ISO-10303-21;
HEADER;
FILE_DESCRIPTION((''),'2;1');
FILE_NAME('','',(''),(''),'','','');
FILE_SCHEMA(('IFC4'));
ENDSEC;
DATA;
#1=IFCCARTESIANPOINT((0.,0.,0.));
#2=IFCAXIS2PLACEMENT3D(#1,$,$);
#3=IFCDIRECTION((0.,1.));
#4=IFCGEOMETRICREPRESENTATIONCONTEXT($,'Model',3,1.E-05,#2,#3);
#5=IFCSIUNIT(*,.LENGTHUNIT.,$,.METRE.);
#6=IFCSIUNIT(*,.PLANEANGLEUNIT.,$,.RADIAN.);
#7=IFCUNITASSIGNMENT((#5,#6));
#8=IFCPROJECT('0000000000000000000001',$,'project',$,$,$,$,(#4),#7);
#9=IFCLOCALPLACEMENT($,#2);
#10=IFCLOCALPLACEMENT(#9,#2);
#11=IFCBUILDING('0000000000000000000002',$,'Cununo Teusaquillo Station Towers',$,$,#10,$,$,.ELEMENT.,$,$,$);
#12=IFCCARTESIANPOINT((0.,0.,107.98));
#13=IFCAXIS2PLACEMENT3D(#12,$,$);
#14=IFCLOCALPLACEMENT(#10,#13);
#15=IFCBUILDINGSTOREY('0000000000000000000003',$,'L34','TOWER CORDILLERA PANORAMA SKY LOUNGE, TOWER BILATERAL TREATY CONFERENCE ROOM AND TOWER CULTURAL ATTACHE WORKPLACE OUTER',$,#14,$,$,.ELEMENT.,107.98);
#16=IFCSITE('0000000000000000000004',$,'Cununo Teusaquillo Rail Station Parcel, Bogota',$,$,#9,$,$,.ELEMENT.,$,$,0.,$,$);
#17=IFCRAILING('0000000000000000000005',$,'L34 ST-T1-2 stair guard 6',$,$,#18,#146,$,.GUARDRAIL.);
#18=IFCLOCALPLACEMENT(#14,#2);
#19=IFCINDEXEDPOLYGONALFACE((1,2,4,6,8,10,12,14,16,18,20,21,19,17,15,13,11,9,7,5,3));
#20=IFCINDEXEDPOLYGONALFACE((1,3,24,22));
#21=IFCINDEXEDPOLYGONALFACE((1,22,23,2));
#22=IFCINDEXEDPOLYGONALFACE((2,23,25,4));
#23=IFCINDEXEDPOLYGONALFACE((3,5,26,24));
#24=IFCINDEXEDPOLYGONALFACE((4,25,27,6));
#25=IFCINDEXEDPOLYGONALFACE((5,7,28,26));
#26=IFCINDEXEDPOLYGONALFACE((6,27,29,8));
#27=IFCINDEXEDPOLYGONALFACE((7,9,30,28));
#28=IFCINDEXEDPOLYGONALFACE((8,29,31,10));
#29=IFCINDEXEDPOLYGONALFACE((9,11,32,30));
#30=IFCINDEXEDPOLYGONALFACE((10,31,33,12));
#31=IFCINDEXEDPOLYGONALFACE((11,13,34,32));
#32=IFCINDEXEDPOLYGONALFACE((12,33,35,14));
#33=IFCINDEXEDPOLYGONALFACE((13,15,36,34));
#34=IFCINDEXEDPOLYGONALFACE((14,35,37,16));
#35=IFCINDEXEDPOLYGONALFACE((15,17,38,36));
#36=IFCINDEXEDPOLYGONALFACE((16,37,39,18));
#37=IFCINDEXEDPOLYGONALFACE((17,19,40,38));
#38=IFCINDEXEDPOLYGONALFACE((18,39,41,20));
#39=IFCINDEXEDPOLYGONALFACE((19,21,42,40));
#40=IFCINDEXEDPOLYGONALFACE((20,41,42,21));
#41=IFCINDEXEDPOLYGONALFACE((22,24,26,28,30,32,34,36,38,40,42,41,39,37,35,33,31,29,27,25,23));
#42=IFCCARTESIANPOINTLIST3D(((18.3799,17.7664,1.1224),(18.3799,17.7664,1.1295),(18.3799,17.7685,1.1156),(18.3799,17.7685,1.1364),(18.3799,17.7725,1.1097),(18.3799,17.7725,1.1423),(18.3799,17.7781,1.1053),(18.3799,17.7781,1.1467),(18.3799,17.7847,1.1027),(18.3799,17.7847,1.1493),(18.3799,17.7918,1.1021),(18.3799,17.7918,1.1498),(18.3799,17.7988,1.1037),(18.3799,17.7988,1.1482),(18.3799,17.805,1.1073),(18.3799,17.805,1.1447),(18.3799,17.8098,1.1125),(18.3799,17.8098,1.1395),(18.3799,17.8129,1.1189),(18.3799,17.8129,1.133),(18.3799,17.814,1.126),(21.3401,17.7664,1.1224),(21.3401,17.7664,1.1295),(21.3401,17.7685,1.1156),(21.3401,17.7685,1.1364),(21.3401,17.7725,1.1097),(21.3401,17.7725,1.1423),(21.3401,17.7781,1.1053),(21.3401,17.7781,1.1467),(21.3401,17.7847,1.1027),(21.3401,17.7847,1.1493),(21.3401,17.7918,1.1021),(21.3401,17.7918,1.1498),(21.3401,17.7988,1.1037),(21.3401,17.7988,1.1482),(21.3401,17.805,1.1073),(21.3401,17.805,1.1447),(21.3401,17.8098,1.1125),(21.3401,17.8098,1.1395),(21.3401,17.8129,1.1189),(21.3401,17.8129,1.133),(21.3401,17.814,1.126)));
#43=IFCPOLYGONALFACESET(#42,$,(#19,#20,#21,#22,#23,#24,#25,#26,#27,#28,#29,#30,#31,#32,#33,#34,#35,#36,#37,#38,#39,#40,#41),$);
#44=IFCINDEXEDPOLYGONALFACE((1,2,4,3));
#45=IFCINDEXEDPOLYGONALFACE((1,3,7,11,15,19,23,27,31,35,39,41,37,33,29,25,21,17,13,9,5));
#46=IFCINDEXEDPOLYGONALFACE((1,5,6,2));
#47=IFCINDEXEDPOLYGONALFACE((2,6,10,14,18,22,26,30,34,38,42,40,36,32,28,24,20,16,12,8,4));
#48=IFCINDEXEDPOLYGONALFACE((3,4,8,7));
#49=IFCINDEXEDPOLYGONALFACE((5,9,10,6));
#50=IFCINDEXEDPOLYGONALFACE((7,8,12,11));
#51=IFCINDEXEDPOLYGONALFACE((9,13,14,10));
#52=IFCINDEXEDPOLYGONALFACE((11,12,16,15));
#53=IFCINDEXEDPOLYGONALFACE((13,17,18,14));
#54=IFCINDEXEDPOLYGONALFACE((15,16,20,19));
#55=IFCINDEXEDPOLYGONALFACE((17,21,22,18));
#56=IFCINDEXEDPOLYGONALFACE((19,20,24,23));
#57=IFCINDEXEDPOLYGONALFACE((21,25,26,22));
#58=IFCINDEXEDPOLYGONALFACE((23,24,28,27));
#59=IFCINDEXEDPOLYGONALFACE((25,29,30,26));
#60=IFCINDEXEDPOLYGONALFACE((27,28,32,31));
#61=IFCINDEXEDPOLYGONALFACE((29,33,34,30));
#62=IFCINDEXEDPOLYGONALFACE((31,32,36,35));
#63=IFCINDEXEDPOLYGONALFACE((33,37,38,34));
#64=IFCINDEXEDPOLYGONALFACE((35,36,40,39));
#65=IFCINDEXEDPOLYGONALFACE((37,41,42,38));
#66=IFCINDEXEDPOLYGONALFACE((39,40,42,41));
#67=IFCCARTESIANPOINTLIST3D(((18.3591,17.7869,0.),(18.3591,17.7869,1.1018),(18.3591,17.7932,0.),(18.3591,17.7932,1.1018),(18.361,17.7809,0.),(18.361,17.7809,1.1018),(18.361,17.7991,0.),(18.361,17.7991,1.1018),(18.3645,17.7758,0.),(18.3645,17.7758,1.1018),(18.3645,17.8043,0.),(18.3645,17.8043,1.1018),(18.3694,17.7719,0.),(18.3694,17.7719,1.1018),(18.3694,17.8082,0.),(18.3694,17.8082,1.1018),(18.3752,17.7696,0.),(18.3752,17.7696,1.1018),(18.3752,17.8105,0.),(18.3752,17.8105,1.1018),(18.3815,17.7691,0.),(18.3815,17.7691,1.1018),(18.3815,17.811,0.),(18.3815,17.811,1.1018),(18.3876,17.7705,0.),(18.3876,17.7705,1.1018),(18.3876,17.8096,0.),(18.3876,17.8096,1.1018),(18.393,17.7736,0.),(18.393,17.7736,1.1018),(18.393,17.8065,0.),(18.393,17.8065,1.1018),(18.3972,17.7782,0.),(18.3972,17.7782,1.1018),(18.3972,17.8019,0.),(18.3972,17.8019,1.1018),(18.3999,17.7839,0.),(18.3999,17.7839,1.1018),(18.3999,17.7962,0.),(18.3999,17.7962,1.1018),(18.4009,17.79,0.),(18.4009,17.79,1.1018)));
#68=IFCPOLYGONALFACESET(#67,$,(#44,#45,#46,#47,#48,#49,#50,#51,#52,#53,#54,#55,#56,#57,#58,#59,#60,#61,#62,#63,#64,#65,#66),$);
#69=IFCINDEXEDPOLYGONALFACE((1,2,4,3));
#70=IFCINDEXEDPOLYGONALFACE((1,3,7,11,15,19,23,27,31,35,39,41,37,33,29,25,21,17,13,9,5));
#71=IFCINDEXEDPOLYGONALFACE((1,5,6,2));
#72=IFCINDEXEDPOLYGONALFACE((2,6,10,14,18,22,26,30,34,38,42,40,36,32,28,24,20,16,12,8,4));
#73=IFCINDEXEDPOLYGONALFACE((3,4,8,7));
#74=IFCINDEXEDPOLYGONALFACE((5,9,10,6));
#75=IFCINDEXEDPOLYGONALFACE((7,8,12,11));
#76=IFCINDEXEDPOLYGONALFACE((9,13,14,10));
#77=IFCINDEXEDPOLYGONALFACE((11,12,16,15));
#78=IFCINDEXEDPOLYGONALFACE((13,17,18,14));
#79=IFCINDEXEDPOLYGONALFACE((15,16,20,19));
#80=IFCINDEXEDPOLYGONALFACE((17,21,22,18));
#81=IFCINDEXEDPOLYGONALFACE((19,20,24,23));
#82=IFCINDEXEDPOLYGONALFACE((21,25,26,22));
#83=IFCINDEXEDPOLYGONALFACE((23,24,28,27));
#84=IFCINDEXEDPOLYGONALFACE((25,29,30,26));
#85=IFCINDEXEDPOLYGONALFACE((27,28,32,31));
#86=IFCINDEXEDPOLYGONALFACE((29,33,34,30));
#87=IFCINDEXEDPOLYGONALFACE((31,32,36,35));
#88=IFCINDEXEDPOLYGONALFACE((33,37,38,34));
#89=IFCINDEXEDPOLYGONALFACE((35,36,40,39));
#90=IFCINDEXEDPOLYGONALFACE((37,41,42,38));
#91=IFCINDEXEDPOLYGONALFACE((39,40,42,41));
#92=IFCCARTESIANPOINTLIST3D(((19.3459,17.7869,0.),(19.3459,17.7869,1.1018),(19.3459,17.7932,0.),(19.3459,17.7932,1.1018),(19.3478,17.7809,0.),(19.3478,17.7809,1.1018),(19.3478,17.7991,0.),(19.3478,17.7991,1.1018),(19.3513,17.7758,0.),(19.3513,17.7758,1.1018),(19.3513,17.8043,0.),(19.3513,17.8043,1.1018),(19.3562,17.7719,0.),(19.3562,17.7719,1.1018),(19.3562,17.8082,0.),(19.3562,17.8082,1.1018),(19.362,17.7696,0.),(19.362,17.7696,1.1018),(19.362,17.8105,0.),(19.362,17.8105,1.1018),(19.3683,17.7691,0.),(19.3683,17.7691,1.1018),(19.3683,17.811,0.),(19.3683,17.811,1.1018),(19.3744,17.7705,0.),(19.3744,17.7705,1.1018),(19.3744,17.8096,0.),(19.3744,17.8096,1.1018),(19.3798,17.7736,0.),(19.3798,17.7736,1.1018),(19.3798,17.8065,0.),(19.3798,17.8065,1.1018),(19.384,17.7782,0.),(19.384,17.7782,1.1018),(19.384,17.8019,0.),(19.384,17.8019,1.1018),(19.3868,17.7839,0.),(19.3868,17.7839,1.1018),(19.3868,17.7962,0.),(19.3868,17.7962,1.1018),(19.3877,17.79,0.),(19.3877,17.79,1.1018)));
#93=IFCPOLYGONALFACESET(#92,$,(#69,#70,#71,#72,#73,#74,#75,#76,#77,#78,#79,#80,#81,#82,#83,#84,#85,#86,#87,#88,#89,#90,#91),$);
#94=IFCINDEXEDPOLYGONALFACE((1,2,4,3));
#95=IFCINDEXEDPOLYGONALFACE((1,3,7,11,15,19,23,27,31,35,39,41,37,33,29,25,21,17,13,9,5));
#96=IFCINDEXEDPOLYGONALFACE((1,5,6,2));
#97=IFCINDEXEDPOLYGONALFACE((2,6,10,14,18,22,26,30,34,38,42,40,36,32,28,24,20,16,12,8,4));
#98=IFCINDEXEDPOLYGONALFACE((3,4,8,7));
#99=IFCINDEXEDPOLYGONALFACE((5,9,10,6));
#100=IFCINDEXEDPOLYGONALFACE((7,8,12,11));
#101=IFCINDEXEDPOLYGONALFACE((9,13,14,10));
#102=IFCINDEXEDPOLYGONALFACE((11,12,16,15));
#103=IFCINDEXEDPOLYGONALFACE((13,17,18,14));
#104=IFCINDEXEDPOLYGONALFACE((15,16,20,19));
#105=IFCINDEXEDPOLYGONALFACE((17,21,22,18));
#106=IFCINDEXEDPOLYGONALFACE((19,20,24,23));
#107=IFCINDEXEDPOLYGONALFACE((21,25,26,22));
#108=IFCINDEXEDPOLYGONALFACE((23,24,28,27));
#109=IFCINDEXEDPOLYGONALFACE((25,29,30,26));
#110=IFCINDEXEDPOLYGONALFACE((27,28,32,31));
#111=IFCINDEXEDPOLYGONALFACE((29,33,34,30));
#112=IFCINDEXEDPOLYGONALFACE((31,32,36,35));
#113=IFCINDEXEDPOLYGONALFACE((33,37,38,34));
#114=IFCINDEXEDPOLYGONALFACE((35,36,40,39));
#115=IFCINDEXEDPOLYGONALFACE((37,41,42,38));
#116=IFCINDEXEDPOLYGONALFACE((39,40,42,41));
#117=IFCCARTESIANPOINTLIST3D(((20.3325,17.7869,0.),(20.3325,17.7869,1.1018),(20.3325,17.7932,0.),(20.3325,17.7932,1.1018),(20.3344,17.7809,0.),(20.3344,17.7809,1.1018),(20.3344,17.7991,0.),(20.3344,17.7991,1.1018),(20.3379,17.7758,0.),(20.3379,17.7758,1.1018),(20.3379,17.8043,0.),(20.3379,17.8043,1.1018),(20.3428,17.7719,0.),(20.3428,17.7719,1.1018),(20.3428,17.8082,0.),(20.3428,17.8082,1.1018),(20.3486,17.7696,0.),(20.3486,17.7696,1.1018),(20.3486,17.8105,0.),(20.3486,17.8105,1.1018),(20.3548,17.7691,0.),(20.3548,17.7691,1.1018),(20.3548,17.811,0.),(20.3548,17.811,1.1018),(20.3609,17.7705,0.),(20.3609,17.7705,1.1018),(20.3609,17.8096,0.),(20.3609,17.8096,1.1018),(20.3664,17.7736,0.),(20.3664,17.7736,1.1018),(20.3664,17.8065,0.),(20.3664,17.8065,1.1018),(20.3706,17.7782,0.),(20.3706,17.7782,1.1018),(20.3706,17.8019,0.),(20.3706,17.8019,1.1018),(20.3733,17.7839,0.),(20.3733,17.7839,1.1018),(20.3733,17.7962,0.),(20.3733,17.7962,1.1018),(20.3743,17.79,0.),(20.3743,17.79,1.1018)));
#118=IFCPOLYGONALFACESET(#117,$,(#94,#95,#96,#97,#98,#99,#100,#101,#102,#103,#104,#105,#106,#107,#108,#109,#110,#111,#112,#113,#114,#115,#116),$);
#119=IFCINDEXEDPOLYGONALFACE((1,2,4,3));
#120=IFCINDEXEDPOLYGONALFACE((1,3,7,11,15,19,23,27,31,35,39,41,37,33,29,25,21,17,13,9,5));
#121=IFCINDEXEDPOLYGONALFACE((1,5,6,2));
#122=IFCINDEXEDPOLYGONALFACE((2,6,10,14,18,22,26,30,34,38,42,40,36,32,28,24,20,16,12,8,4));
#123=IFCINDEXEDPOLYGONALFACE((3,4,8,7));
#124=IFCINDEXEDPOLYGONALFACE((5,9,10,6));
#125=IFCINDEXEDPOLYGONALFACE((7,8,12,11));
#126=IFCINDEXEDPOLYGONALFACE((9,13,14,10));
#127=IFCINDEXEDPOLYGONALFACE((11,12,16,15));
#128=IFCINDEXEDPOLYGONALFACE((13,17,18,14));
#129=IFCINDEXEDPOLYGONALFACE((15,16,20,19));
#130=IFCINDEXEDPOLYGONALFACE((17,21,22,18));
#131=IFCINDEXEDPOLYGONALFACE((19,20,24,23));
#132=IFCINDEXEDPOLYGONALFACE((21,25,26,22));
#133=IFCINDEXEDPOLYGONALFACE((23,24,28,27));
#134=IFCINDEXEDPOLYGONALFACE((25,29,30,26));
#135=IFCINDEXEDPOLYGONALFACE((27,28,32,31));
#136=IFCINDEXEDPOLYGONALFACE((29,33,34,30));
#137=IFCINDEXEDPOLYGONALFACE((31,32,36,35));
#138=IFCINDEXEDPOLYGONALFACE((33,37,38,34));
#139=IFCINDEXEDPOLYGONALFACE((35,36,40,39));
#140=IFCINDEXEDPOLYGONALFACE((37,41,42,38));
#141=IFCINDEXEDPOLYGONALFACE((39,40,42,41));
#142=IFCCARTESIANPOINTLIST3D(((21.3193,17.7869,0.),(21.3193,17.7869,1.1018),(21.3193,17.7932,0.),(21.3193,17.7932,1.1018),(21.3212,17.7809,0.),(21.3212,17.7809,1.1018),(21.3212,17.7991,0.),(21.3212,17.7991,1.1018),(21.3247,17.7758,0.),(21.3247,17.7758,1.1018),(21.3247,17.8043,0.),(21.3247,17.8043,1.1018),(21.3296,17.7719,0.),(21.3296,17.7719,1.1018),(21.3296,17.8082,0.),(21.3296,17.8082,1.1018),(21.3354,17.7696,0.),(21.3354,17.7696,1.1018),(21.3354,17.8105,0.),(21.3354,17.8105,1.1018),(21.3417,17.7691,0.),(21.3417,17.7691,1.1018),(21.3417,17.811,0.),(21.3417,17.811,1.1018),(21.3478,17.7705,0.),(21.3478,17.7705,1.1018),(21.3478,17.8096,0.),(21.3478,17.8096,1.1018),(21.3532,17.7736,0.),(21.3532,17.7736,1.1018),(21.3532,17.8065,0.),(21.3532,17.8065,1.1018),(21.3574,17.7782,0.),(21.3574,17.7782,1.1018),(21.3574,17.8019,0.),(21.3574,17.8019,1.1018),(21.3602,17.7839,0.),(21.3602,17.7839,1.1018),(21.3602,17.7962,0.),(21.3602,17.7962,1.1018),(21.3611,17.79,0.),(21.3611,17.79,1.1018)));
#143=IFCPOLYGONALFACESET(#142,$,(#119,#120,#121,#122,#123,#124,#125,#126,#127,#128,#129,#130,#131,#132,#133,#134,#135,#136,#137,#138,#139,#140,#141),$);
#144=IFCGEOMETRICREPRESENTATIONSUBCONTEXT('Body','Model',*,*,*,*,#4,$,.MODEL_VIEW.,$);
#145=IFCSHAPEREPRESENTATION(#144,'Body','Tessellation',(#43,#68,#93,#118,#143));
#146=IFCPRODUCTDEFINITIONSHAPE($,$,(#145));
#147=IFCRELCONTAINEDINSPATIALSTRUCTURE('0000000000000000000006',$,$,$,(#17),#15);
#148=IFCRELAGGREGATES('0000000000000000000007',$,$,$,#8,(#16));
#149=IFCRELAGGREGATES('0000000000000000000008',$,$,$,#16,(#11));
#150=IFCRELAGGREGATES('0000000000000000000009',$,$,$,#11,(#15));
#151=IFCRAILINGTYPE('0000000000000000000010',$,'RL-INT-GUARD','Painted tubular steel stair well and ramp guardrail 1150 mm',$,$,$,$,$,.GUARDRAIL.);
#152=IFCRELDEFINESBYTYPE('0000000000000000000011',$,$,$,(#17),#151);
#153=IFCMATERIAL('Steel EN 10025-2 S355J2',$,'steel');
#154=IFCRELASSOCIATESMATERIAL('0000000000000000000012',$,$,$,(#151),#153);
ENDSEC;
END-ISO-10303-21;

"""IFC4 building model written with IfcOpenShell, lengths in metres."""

from ifc_helpers import new_model, si_unit, direction, frame, origin, origin_2d, place, context, subcontext, project, spatial, circle, extrude, material, type_object, element, save


model = new_model("IFC4")

# Units and contexts
model_context = context("Model", 3, precision=1e-05, world=origin(), true_north=direction((0.0, 1.0)))
body_context = subcontext(model_context, "Body", "Model", "MODEL_VIEW")
ifc_project = project(units=[si_unit("LENGTHUNIT", "METRE"), si_unit("PLANEANGLEUNIT", "RADIAN")], contexts=[model_context])

# Site, building, storey
site_placement = place(None, origin())
site = spatial("IfcSite", under=ifc_project, at=site_placement, Name="Cununo Teusaquillo Rail Station Parcel, Bogota", CompositionType="ELEMENT", RefElevation=0.0)
building_placement = place(site_placement, origin())
building = spatial("IfcBuilding", under=site, at=building_placement, Name="Cununo Teusaquillo Station Towers", CompositionType="ELEMENT")
storey_placement = place(building_placement, frame((0.0, 0.0, 107.98)))
storey = spatial("IfcBuildingStorey", under=building, at=storey_placement, Name="L34", Description="TOWER CORDILLERA PANORAMA SKY LOUNGE, TOWER BILATERAL TREATY CONFERENCE ROOM AND TOWER CULTURAL ATTACHE WORKPLACE OUTER", CompositionType="ELEMENT", Elevation=107.98)

# Railing
ifc_material_1 = material(Name="Steel EN 10025-2 S355J2", Category="steel")
railing_type_1 = type_object("IfcRailingType", Name="RL-INT-GUARD", Description="Painted tubular steel stair well and ramp guardrail 1150 mm", PredefinedType="GUARDRAIL", material=ifc_material_1)
railing_1_placement = place(storey_placement, frame((18.3799, 17.79, 0.0)))
element("IfcRailing", 1, at=railing_1_placement, inside=storey, type_object=railing_type_1, Name="L34 ST-T1-2 stair guard 6", PredefinedType="GUARDRAIL", context=body_context, shape_type="SweptSolid", body=[
    extrude(circle(Radius=0.0239, at=origin_2d()), frame((0.0, 0.0, 1.126), z_axis=(1.0, 0.0, 0.0), x_axis=(0.0, 1.0, 0.0)), (0.0, 0.0, 1.0), 2.9602),
    extrude(circle(Radius=0.021, at=origin_2d()), origin(), (0.0, 0.0, 1.0), 1.1018),
    extrude(circle(Radius=0.021, at=origin_2d()), frame((0.9868, 0.0, 0.0)), (0.0, 0.0, 1.0), 1.1018),
    extrude(circle(Radius=0.021, at=origin_2d()), frame((1.9734, 0.0, 0.0)), (0.0, 0.0, 1.0), 1.1018),
    extrude(circle(Radius=0.021, at=origin_2d()), frame((2.9602, 0.0, 0.0)), (0.0, 0.0, 1.0), 1.1018),
])

save(model, "model.ifc")
